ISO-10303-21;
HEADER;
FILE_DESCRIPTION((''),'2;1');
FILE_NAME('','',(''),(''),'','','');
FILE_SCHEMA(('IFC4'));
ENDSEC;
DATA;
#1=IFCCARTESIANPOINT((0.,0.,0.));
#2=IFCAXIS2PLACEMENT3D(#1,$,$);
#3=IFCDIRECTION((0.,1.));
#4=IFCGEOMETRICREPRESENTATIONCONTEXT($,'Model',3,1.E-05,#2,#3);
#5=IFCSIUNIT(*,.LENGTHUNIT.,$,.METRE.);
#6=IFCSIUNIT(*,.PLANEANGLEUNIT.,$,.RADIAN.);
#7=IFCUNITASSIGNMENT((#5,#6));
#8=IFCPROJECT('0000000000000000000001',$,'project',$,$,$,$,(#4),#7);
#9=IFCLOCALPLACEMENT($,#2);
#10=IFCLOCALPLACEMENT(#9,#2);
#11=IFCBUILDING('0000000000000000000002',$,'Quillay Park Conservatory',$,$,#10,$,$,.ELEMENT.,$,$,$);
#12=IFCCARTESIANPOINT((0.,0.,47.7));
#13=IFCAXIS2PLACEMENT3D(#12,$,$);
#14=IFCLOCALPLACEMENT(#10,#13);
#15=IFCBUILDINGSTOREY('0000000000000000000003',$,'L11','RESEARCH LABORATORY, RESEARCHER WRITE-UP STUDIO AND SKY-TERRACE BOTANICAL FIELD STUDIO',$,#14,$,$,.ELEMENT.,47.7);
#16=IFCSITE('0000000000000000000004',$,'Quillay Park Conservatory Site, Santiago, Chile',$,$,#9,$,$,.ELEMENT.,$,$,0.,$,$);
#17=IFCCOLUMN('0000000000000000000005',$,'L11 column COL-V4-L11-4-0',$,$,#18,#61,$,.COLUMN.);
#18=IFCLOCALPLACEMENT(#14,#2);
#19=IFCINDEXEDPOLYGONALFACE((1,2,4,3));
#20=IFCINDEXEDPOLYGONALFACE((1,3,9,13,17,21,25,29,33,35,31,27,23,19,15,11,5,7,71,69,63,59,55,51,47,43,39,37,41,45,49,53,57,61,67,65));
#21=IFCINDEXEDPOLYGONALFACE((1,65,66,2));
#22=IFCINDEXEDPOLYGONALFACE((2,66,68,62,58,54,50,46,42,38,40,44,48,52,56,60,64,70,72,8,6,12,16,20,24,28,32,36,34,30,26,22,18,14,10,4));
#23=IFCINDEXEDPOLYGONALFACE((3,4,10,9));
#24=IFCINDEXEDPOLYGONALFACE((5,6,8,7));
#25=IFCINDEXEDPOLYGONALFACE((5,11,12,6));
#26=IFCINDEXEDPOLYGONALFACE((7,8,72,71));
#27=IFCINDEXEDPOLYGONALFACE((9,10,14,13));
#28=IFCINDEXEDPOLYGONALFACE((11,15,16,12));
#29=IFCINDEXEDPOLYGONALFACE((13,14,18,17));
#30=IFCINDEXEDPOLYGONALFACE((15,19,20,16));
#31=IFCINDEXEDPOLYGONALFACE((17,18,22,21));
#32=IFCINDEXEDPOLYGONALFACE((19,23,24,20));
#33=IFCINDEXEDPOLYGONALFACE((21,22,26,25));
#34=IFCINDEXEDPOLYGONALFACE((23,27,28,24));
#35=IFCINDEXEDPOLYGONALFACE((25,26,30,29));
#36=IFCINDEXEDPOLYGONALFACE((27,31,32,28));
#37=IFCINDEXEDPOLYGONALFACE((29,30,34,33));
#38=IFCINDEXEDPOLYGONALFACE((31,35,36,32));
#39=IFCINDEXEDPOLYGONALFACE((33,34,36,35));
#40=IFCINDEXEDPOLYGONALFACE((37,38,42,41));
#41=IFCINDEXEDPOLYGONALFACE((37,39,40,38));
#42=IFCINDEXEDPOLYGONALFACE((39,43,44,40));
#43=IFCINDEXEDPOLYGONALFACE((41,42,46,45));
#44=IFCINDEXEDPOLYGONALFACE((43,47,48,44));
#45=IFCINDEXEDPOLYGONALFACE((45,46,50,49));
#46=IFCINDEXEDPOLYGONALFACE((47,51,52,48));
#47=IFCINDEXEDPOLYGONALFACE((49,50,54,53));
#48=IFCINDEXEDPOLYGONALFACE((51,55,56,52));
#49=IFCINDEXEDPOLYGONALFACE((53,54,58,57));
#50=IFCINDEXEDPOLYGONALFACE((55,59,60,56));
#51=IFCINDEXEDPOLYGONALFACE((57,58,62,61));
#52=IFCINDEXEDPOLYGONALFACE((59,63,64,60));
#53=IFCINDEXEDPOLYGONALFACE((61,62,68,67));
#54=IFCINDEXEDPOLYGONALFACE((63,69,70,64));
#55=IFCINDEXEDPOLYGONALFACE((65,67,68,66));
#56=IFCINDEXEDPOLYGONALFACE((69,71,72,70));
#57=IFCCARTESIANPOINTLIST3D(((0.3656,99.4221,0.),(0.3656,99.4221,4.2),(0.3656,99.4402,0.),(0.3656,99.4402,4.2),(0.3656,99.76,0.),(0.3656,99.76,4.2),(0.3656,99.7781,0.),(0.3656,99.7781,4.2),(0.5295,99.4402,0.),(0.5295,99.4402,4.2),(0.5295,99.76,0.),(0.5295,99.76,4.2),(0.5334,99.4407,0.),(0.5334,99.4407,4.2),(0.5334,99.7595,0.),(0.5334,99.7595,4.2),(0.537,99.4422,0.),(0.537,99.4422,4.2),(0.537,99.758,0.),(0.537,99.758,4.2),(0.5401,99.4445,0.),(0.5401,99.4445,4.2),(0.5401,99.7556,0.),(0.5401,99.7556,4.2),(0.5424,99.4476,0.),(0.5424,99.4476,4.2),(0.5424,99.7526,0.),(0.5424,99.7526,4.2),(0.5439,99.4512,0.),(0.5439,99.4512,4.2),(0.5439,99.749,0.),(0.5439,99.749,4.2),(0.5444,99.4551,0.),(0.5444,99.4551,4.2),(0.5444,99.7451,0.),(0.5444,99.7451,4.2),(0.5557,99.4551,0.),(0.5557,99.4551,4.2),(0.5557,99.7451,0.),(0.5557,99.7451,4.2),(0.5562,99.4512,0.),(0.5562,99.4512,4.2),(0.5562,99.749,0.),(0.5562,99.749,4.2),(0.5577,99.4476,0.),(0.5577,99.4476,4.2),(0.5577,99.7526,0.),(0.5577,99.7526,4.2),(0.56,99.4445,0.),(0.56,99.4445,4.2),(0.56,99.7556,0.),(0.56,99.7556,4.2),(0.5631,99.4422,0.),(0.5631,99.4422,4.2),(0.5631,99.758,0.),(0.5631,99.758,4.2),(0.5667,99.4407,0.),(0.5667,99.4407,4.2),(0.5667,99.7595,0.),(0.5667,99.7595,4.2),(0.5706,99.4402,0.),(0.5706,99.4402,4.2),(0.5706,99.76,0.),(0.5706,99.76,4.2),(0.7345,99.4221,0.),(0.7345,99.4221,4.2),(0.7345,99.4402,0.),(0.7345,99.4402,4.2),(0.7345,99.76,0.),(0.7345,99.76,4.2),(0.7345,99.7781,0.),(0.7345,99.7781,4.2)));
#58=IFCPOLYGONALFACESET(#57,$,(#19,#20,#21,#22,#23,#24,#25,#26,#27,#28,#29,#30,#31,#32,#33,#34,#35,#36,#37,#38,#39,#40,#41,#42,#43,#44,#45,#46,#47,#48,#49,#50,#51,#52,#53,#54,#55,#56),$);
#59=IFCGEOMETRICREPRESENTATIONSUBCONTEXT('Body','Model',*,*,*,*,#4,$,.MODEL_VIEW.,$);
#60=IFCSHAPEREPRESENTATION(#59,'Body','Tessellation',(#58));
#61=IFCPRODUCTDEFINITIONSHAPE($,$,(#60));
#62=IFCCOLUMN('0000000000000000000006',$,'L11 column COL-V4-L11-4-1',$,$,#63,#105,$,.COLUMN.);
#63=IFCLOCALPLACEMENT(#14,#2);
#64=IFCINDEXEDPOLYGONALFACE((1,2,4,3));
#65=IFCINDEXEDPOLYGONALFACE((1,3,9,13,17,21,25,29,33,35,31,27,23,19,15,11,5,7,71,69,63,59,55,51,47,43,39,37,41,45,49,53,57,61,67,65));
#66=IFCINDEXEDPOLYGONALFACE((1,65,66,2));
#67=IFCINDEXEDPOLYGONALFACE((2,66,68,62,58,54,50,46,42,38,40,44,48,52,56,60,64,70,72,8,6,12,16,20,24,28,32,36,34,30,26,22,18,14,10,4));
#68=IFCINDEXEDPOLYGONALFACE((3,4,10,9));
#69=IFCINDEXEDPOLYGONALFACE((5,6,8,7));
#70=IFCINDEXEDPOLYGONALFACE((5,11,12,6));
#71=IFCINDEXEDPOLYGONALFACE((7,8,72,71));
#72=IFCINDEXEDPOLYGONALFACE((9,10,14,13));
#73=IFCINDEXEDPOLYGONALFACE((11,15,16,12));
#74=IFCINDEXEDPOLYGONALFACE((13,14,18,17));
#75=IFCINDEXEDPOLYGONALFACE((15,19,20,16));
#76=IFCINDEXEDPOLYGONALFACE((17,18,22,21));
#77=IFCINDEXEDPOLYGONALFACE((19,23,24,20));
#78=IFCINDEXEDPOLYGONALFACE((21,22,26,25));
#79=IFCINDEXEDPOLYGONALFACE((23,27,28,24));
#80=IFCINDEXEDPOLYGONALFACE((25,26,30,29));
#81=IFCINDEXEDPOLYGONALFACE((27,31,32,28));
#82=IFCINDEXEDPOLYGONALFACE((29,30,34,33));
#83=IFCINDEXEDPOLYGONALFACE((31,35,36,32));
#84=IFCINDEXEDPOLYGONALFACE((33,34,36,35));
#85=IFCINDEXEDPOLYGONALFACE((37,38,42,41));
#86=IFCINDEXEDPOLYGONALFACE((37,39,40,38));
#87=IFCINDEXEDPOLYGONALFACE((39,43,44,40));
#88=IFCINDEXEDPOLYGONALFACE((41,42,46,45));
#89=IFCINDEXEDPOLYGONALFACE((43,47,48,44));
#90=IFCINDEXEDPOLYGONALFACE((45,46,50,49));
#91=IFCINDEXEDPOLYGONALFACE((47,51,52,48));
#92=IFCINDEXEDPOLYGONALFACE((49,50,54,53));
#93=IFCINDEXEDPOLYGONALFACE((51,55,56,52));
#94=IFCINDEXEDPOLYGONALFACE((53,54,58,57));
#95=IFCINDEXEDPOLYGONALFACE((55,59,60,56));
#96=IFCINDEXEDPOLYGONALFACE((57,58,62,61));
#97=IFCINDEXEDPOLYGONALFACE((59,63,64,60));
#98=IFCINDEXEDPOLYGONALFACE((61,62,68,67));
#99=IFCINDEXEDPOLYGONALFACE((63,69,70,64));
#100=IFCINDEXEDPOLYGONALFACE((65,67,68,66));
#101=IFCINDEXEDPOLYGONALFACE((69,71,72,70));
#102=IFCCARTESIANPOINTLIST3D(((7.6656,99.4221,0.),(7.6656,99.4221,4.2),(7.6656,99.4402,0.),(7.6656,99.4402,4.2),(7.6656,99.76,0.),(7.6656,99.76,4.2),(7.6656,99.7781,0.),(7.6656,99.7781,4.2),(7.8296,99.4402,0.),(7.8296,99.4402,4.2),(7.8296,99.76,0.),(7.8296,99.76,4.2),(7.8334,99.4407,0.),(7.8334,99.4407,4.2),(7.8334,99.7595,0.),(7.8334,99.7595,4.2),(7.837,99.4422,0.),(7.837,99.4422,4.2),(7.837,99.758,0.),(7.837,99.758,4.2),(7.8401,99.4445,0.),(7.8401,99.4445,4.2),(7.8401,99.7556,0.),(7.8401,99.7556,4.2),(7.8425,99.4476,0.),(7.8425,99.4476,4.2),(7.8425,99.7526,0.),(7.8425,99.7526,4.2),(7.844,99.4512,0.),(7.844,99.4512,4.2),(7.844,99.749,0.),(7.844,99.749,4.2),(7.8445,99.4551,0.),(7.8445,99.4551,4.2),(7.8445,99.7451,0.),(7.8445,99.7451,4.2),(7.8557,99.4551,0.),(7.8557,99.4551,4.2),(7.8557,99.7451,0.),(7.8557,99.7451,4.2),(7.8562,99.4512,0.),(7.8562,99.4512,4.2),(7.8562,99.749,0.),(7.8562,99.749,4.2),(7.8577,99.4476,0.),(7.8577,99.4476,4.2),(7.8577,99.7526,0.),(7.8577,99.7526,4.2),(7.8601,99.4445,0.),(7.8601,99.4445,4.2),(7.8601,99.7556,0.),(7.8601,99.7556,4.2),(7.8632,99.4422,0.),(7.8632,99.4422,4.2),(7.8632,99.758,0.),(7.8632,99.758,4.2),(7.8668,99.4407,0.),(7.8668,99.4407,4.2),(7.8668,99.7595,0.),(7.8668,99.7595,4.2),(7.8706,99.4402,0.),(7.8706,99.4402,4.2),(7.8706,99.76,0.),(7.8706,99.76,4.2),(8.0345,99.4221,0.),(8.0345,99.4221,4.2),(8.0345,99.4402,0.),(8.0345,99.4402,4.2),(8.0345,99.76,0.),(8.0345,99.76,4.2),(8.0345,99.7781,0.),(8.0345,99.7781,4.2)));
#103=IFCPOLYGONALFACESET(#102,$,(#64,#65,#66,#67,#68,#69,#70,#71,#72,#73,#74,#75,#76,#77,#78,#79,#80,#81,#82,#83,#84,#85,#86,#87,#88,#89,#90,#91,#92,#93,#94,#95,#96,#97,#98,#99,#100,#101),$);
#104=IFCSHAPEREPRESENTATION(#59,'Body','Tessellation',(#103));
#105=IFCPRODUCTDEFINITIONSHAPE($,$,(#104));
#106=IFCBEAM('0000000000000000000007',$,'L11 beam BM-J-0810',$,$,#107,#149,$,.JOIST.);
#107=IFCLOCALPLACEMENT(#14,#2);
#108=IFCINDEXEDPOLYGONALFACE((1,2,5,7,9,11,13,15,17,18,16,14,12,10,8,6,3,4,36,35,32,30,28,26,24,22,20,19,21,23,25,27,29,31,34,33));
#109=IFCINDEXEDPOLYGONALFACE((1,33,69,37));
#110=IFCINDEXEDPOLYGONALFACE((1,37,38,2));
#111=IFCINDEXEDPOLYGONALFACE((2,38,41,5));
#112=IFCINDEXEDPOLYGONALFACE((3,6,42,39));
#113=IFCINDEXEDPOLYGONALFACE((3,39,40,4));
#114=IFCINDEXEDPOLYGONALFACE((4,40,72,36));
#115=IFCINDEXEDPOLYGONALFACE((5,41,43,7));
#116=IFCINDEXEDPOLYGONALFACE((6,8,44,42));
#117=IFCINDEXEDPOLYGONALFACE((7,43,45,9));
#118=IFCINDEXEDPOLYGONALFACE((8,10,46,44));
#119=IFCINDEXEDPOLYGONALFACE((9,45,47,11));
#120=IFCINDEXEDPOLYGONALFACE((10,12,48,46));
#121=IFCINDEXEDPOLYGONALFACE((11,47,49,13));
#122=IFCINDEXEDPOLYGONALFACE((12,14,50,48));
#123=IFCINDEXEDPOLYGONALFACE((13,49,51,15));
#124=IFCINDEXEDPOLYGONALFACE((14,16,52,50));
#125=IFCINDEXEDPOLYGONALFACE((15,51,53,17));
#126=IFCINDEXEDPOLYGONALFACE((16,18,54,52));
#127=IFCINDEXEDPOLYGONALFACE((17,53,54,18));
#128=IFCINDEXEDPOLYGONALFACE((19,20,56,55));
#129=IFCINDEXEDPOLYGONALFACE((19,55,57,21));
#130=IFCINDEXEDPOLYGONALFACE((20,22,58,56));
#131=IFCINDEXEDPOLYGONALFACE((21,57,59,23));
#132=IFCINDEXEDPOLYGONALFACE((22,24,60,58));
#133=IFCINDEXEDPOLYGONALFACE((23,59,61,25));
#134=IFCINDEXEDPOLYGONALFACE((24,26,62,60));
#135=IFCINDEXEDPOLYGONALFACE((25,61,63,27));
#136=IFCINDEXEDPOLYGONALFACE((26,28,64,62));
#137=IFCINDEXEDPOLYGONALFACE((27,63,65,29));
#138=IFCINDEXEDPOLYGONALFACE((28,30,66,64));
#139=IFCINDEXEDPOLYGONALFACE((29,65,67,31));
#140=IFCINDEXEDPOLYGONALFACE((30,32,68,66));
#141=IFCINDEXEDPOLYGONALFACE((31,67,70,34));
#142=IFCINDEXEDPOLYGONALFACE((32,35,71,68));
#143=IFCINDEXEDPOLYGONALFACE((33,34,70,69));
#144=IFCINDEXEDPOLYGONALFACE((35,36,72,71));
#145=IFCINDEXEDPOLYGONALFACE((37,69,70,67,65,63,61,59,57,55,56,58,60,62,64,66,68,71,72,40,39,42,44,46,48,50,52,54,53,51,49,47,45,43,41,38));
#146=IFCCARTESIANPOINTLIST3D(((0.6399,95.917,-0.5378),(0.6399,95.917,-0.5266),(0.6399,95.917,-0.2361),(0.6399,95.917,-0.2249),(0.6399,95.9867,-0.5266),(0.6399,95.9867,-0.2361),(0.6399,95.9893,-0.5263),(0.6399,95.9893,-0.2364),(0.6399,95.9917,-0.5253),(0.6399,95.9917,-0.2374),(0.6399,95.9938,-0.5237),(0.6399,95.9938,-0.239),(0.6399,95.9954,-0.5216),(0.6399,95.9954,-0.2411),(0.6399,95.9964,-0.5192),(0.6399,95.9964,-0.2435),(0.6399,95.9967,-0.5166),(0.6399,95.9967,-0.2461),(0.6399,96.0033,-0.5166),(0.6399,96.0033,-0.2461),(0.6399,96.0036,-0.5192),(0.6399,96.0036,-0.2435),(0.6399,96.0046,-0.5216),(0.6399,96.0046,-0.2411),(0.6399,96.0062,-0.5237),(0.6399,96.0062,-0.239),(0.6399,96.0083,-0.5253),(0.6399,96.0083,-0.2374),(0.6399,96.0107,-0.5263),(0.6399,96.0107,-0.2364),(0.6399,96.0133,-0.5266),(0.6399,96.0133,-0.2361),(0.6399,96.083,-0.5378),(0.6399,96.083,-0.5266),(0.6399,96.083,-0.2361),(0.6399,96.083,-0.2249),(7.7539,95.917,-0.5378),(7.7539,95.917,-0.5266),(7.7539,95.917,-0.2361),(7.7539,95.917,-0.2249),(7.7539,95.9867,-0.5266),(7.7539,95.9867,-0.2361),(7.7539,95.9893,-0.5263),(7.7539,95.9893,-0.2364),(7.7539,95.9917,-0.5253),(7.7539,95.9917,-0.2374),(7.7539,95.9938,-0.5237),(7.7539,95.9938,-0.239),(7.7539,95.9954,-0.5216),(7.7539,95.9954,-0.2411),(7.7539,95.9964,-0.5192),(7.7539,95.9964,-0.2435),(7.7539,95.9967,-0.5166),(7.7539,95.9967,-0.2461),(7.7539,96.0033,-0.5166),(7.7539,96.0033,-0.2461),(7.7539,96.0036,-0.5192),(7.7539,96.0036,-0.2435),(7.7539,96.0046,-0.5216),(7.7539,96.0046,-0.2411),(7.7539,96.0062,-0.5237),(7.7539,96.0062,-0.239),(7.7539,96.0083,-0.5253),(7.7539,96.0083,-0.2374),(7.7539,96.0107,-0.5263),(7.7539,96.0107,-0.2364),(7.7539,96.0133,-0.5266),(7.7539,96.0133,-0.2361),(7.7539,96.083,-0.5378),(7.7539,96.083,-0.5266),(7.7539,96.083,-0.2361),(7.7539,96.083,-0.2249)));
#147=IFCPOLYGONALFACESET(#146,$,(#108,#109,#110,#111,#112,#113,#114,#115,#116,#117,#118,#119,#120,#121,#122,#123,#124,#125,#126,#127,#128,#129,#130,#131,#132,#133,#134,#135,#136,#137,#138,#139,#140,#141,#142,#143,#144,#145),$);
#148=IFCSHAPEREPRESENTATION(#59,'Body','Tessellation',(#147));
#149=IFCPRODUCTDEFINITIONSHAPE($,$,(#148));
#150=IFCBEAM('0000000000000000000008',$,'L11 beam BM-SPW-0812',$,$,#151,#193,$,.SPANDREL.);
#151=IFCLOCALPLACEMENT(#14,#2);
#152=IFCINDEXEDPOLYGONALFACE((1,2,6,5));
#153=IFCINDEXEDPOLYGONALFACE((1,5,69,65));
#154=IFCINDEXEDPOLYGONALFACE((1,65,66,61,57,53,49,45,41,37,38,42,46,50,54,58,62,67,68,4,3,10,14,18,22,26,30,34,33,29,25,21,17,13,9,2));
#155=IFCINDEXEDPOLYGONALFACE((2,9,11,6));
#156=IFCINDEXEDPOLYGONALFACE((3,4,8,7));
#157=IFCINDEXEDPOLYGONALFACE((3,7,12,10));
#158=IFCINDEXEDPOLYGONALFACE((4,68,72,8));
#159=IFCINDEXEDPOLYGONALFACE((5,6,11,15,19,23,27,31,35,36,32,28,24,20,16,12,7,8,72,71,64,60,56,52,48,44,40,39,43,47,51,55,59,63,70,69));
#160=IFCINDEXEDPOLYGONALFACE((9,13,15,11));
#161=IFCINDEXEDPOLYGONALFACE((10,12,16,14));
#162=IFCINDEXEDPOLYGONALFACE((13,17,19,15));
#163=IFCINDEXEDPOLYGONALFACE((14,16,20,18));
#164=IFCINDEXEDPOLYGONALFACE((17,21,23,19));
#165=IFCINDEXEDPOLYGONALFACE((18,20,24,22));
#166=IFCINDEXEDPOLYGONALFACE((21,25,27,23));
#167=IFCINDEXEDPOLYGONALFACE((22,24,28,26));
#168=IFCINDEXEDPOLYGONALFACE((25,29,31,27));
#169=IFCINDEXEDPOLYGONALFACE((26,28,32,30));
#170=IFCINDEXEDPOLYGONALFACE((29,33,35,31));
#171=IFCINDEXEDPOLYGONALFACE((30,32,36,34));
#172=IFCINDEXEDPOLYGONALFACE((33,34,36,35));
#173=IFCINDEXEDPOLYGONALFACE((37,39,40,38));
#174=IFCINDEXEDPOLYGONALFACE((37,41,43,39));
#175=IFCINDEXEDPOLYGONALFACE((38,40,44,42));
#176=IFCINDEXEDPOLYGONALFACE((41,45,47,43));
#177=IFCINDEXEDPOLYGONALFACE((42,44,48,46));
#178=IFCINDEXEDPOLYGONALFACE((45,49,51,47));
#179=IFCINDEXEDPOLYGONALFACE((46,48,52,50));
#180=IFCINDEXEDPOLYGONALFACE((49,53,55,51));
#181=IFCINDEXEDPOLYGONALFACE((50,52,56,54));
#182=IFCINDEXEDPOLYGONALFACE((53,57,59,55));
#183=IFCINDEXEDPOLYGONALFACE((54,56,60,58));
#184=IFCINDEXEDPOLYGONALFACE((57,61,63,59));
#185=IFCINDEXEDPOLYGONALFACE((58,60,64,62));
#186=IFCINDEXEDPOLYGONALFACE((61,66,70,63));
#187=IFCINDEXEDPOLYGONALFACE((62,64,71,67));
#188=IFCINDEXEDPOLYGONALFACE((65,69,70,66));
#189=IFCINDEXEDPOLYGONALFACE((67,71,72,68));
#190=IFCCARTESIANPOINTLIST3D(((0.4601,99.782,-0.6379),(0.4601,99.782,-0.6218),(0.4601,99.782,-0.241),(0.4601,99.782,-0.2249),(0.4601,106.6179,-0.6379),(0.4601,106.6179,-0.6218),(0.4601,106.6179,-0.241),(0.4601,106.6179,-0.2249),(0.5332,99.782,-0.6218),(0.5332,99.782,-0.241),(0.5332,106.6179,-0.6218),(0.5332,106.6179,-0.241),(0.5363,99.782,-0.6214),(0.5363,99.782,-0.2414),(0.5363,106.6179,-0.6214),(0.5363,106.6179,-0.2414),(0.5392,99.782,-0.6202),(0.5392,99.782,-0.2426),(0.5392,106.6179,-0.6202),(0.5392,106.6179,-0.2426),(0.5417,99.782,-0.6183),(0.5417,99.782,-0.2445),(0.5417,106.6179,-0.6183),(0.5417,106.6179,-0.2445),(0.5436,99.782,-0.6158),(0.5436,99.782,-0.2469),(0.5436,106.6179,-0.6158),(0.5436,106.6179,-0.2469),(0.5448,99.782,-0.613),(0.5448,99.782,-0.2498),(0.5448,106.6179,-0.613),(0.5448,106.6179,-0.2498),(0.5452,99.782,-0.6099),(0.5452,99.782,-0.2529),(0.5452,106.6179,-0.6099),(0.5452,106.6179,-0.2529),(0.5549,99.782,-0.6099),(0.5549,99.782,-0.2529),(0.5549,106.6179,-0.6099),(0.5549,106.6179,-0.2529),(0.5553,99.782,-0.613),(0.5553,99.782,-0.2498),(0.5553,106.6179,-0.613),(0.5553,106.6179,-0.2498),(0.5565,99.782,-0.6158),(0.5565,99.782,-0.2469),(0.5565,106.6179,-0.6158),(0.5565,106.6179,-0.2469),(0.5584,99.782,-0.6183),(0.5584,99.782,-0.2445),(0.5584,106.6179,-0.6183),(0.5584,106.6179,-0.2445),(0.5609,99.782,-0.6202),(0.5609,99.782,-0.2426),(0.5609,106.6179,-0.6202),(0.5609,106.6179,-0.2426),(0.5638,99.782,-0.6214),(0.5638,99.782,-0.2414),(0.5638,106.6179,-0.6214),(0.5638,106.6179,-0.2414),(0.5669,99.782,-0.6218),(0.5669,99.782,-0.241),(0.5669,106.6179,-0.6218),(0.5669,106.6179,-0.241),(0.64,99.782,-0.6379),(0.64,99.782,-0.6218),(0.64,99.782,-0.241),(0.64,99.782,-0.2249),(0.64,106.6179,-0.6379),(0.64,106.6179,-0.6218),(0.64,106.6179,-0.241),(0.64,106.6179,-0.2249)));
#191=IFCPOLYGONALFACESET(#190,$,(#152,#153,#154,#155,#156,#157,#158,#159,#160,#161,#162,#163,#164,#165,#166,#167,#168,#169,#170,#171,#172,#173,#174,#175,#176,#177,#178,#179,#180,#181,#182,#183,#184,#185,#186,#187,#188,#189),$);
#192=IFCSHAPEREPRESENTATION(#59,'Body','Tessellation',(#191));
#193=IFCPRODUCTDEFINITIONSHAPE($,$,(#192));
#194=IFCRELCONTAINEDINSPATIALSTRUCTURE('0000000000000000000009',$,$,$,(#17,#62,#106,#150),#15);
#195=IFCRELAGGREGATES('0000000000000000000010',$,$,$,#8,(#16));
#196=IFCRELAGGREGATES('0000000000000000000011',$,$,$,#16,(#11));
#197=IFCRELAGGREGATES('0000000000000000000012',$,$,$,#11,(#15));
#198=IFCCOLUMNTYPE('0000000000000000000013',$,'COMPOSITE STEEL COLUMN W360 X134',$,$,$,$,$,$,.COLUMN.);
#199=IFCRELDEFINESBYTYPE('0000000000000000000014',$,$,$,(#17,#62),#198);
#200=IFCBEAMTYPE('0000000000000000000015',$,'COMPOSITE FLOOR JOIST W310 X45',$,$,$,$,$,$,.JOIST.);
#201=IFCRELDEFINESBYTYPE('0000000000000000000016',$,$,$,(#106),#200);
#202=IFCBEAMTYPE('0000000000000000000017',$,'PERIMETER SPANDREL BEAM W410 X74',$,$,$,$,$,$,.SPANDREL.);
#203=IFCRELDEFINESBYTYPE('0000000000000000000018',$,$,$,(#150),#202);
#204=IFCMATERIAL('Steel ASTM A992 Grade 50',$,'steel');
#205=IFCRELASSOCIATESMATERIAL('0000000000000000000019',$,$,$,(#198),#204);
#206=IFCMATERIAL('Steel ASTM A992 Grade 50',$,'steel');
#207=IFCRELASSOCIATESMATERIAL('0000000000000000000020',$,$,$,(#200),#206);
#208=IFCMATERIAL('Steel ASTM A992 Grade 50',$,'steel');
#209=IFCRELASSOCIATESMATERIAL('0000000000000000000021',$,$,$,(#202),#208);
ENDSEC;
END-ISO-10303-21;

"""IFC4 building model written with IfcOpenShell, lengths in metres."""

from ifc_helpers import new_model, si_unit, direction, frame, origin, origin_2d, place, context, subcontext, project, spatial, i_section, extrude, material, material_profile, profile_set, type_object, element, save


model = new_model("IFC4")

# Units and contexts
model_context = context("Model", 3, precision=1e-05, world=origin(), true_north=direction((0.0, 1.0)))
body_context = subcontext(model_context, "Body", "Model", "MODEL_VIEW")
ifc_project = project(units=[si_unit("LENGTHUNIT", "METRE"), si_unit("PLANEANGLEUNIT", "RADIAN")], contexts=[model_context])

# Site, building, storey
site_placement = place(None, origin())
site = spatial("IfcSite", under=ifc_project, at=site_placement, Name="Quillay Park Conservatory Site, Santiago, Chile", CompositionType="ELEMENT", RefElevation=0.0)
building_placement = place(site_placement, origin())
building = spatial("IfcBuilding", under=site, at=building_placement, Name="Quillay Park Conservatory", CompositionType="ELEMENT")
storey_placement = place(building_placement, frame((0.0, 0.0, 47.7)))
storey = spatial("IfcBuildingStorey", under=building, at=storey_placement, Name="L11", Description="RESEARCH LABORATORY, RESEARCHER WRITE-UP STUDIO AND SKY-TERRACE BOTANICAL FIELD STUDIO", CompositionType="ELEMENT", Elevation=47.7)

# Columns
ifc_material_1 = material(Name="Steel ASTM A992 Grade 50", Category="steel")
ifc_material_profile_1 = material_profile(ifc_material_1, i_section(OverallWidth=0.3689, OverallDepth=0.356, WebThickness=0.0112, FlangeThickness=0.0181, FilletRadius=0.0149, at=origin_2d()), Name="W360x134")
ifc_profile_set_1 = profile_set([ifc_material_profile_1], Name="Steel ASTM A992 Grade 50")
column_type = type_object("IfcColumnType", Name="COMPOSITE STEEL COLUMN W360 X134", PredefinedType="COLUMN", material=ifc_profile_set_1)
for number, where, z_axis, x_axis, name in (
    (1, (0.55, 99.6001, 0.0), (0.0, 0.0, 1.0), (1.0, 0.0, 0.0), "L11 column COL-V4-L11-4-0"),
    (2, (7.8501, 99.6001, 0.0), (0.0, 0.0, 1.0), (1.0, 0.0, 0.0), "L11 column COL-V4-L11-4-1"),
):
    element("IfcColumn", number, at=place(storey_placement, frame(where, z_axis=z_axis, x_axis=x_axis)), inside=storey, type_object=column_type, Name=name, PredefinedType="COLUMN", context=body_context, shape_type="SweptSolid", body=[
        extrude(i_section(OverallWidth=0.3689, OverallDepth=0.356, WebThickness=0.0112, FlangeThickness=0.0181, FilletRadius=0.0149, at=origin_2d()), origin(), (0.0, 0.0, 1.0), 4.2),
    ])

# Beams
ifc_material_2 = material(Name="Steel ASTM A992 Grade 50", Category="steel")
ifc_material_profile_2 = material_profile(ifc_material_2, i_section(OverallWidth=0.166, OverallDepth=0.313, WebThickness=0.0066, FlangeThickness=0.0112, FilletRadius=0.01, at=origin_2d()), Name="W310x45")
ifc_profile_set_2 = profile_set([ifc_material_profile_2], Name="Steel ASTM A992 Grade 50")
beam_type_1 = type_object("IfcBeamType", Name="COMPOSITE FLOOR JOIST W310 X45", PredefinedType="JOIST", material=ifc_profile_set_2)
beam_1_placement = place(storey_placement, frame((0.6399, 96.0, -0.3813), z_axis=(1.0, 0.0, 0.0), x_axis=(0.0, 1.0, 0.0)))
element("IfcBeam", 3, at=beam_1_placement, inside=storey, type_object=beam_type_1, Name="L11 beam BM-J-0810", PredefinedType="JOIST", context=body_context, shape_type="SweptSolid", body=[
    extrude(i_section(OverallWidth=0.166, OverallDepth=0.313, WebThickness=0.0066, FlangeThickness=0.0112, FilletRadius=0.01, at=origin_2d()), origin(), (0.0, 0.0, 1.0), 7.114),
])
ifc_material_3 = material(Name="Steel ASTM A992 Grade 50", Category="steel")
ifc_material_profile_3 = material_profile(ifc_material_3, i_section(OverallWidth=0.1799, OverallDepth=0.4131, WebThickness=0.0098, FlangeThickness=0.0161, FilletRadius=0.012, at=origin_2d()), Name="W410x74")
ifc_profile_set_3 = profile_set([ifc_material_profile_3], Name="Steel ASTM A992 Grade 50")
beam_type_2 = type_object("IfcBeamType", Name="PERIMETER SPANDREL BEAM W410 X74", PredefinedType="SPANDREL", material=ifc_profile_set_3)
beam_2_placement = place(storey_placement, frame((0.55, 99.782, -0.4314), z_axis=(0.0, 1.0, 0.0), x_axis=(-1.0, 0.0, 0.0)))
element("IfcBeam", 4, at=beam_2_placement, inside=storey, type_object=beam_type_2, Name="L11 beam BM-SPW-0812", PredefinedType="SPANDREL", context=body_context, shape_type="SweptSolid", body=[
    extrude(i_section(OverallWidth=0.1799, OverallDepth=0.4131, WebThickness=0.0098, FlangeThickness=0.0161, FilletRadius=0.012, at=origin_2d()), origin(), (0.0, 0.0, 1.0), 6.8359),
])

save(model, "model.ifc")
